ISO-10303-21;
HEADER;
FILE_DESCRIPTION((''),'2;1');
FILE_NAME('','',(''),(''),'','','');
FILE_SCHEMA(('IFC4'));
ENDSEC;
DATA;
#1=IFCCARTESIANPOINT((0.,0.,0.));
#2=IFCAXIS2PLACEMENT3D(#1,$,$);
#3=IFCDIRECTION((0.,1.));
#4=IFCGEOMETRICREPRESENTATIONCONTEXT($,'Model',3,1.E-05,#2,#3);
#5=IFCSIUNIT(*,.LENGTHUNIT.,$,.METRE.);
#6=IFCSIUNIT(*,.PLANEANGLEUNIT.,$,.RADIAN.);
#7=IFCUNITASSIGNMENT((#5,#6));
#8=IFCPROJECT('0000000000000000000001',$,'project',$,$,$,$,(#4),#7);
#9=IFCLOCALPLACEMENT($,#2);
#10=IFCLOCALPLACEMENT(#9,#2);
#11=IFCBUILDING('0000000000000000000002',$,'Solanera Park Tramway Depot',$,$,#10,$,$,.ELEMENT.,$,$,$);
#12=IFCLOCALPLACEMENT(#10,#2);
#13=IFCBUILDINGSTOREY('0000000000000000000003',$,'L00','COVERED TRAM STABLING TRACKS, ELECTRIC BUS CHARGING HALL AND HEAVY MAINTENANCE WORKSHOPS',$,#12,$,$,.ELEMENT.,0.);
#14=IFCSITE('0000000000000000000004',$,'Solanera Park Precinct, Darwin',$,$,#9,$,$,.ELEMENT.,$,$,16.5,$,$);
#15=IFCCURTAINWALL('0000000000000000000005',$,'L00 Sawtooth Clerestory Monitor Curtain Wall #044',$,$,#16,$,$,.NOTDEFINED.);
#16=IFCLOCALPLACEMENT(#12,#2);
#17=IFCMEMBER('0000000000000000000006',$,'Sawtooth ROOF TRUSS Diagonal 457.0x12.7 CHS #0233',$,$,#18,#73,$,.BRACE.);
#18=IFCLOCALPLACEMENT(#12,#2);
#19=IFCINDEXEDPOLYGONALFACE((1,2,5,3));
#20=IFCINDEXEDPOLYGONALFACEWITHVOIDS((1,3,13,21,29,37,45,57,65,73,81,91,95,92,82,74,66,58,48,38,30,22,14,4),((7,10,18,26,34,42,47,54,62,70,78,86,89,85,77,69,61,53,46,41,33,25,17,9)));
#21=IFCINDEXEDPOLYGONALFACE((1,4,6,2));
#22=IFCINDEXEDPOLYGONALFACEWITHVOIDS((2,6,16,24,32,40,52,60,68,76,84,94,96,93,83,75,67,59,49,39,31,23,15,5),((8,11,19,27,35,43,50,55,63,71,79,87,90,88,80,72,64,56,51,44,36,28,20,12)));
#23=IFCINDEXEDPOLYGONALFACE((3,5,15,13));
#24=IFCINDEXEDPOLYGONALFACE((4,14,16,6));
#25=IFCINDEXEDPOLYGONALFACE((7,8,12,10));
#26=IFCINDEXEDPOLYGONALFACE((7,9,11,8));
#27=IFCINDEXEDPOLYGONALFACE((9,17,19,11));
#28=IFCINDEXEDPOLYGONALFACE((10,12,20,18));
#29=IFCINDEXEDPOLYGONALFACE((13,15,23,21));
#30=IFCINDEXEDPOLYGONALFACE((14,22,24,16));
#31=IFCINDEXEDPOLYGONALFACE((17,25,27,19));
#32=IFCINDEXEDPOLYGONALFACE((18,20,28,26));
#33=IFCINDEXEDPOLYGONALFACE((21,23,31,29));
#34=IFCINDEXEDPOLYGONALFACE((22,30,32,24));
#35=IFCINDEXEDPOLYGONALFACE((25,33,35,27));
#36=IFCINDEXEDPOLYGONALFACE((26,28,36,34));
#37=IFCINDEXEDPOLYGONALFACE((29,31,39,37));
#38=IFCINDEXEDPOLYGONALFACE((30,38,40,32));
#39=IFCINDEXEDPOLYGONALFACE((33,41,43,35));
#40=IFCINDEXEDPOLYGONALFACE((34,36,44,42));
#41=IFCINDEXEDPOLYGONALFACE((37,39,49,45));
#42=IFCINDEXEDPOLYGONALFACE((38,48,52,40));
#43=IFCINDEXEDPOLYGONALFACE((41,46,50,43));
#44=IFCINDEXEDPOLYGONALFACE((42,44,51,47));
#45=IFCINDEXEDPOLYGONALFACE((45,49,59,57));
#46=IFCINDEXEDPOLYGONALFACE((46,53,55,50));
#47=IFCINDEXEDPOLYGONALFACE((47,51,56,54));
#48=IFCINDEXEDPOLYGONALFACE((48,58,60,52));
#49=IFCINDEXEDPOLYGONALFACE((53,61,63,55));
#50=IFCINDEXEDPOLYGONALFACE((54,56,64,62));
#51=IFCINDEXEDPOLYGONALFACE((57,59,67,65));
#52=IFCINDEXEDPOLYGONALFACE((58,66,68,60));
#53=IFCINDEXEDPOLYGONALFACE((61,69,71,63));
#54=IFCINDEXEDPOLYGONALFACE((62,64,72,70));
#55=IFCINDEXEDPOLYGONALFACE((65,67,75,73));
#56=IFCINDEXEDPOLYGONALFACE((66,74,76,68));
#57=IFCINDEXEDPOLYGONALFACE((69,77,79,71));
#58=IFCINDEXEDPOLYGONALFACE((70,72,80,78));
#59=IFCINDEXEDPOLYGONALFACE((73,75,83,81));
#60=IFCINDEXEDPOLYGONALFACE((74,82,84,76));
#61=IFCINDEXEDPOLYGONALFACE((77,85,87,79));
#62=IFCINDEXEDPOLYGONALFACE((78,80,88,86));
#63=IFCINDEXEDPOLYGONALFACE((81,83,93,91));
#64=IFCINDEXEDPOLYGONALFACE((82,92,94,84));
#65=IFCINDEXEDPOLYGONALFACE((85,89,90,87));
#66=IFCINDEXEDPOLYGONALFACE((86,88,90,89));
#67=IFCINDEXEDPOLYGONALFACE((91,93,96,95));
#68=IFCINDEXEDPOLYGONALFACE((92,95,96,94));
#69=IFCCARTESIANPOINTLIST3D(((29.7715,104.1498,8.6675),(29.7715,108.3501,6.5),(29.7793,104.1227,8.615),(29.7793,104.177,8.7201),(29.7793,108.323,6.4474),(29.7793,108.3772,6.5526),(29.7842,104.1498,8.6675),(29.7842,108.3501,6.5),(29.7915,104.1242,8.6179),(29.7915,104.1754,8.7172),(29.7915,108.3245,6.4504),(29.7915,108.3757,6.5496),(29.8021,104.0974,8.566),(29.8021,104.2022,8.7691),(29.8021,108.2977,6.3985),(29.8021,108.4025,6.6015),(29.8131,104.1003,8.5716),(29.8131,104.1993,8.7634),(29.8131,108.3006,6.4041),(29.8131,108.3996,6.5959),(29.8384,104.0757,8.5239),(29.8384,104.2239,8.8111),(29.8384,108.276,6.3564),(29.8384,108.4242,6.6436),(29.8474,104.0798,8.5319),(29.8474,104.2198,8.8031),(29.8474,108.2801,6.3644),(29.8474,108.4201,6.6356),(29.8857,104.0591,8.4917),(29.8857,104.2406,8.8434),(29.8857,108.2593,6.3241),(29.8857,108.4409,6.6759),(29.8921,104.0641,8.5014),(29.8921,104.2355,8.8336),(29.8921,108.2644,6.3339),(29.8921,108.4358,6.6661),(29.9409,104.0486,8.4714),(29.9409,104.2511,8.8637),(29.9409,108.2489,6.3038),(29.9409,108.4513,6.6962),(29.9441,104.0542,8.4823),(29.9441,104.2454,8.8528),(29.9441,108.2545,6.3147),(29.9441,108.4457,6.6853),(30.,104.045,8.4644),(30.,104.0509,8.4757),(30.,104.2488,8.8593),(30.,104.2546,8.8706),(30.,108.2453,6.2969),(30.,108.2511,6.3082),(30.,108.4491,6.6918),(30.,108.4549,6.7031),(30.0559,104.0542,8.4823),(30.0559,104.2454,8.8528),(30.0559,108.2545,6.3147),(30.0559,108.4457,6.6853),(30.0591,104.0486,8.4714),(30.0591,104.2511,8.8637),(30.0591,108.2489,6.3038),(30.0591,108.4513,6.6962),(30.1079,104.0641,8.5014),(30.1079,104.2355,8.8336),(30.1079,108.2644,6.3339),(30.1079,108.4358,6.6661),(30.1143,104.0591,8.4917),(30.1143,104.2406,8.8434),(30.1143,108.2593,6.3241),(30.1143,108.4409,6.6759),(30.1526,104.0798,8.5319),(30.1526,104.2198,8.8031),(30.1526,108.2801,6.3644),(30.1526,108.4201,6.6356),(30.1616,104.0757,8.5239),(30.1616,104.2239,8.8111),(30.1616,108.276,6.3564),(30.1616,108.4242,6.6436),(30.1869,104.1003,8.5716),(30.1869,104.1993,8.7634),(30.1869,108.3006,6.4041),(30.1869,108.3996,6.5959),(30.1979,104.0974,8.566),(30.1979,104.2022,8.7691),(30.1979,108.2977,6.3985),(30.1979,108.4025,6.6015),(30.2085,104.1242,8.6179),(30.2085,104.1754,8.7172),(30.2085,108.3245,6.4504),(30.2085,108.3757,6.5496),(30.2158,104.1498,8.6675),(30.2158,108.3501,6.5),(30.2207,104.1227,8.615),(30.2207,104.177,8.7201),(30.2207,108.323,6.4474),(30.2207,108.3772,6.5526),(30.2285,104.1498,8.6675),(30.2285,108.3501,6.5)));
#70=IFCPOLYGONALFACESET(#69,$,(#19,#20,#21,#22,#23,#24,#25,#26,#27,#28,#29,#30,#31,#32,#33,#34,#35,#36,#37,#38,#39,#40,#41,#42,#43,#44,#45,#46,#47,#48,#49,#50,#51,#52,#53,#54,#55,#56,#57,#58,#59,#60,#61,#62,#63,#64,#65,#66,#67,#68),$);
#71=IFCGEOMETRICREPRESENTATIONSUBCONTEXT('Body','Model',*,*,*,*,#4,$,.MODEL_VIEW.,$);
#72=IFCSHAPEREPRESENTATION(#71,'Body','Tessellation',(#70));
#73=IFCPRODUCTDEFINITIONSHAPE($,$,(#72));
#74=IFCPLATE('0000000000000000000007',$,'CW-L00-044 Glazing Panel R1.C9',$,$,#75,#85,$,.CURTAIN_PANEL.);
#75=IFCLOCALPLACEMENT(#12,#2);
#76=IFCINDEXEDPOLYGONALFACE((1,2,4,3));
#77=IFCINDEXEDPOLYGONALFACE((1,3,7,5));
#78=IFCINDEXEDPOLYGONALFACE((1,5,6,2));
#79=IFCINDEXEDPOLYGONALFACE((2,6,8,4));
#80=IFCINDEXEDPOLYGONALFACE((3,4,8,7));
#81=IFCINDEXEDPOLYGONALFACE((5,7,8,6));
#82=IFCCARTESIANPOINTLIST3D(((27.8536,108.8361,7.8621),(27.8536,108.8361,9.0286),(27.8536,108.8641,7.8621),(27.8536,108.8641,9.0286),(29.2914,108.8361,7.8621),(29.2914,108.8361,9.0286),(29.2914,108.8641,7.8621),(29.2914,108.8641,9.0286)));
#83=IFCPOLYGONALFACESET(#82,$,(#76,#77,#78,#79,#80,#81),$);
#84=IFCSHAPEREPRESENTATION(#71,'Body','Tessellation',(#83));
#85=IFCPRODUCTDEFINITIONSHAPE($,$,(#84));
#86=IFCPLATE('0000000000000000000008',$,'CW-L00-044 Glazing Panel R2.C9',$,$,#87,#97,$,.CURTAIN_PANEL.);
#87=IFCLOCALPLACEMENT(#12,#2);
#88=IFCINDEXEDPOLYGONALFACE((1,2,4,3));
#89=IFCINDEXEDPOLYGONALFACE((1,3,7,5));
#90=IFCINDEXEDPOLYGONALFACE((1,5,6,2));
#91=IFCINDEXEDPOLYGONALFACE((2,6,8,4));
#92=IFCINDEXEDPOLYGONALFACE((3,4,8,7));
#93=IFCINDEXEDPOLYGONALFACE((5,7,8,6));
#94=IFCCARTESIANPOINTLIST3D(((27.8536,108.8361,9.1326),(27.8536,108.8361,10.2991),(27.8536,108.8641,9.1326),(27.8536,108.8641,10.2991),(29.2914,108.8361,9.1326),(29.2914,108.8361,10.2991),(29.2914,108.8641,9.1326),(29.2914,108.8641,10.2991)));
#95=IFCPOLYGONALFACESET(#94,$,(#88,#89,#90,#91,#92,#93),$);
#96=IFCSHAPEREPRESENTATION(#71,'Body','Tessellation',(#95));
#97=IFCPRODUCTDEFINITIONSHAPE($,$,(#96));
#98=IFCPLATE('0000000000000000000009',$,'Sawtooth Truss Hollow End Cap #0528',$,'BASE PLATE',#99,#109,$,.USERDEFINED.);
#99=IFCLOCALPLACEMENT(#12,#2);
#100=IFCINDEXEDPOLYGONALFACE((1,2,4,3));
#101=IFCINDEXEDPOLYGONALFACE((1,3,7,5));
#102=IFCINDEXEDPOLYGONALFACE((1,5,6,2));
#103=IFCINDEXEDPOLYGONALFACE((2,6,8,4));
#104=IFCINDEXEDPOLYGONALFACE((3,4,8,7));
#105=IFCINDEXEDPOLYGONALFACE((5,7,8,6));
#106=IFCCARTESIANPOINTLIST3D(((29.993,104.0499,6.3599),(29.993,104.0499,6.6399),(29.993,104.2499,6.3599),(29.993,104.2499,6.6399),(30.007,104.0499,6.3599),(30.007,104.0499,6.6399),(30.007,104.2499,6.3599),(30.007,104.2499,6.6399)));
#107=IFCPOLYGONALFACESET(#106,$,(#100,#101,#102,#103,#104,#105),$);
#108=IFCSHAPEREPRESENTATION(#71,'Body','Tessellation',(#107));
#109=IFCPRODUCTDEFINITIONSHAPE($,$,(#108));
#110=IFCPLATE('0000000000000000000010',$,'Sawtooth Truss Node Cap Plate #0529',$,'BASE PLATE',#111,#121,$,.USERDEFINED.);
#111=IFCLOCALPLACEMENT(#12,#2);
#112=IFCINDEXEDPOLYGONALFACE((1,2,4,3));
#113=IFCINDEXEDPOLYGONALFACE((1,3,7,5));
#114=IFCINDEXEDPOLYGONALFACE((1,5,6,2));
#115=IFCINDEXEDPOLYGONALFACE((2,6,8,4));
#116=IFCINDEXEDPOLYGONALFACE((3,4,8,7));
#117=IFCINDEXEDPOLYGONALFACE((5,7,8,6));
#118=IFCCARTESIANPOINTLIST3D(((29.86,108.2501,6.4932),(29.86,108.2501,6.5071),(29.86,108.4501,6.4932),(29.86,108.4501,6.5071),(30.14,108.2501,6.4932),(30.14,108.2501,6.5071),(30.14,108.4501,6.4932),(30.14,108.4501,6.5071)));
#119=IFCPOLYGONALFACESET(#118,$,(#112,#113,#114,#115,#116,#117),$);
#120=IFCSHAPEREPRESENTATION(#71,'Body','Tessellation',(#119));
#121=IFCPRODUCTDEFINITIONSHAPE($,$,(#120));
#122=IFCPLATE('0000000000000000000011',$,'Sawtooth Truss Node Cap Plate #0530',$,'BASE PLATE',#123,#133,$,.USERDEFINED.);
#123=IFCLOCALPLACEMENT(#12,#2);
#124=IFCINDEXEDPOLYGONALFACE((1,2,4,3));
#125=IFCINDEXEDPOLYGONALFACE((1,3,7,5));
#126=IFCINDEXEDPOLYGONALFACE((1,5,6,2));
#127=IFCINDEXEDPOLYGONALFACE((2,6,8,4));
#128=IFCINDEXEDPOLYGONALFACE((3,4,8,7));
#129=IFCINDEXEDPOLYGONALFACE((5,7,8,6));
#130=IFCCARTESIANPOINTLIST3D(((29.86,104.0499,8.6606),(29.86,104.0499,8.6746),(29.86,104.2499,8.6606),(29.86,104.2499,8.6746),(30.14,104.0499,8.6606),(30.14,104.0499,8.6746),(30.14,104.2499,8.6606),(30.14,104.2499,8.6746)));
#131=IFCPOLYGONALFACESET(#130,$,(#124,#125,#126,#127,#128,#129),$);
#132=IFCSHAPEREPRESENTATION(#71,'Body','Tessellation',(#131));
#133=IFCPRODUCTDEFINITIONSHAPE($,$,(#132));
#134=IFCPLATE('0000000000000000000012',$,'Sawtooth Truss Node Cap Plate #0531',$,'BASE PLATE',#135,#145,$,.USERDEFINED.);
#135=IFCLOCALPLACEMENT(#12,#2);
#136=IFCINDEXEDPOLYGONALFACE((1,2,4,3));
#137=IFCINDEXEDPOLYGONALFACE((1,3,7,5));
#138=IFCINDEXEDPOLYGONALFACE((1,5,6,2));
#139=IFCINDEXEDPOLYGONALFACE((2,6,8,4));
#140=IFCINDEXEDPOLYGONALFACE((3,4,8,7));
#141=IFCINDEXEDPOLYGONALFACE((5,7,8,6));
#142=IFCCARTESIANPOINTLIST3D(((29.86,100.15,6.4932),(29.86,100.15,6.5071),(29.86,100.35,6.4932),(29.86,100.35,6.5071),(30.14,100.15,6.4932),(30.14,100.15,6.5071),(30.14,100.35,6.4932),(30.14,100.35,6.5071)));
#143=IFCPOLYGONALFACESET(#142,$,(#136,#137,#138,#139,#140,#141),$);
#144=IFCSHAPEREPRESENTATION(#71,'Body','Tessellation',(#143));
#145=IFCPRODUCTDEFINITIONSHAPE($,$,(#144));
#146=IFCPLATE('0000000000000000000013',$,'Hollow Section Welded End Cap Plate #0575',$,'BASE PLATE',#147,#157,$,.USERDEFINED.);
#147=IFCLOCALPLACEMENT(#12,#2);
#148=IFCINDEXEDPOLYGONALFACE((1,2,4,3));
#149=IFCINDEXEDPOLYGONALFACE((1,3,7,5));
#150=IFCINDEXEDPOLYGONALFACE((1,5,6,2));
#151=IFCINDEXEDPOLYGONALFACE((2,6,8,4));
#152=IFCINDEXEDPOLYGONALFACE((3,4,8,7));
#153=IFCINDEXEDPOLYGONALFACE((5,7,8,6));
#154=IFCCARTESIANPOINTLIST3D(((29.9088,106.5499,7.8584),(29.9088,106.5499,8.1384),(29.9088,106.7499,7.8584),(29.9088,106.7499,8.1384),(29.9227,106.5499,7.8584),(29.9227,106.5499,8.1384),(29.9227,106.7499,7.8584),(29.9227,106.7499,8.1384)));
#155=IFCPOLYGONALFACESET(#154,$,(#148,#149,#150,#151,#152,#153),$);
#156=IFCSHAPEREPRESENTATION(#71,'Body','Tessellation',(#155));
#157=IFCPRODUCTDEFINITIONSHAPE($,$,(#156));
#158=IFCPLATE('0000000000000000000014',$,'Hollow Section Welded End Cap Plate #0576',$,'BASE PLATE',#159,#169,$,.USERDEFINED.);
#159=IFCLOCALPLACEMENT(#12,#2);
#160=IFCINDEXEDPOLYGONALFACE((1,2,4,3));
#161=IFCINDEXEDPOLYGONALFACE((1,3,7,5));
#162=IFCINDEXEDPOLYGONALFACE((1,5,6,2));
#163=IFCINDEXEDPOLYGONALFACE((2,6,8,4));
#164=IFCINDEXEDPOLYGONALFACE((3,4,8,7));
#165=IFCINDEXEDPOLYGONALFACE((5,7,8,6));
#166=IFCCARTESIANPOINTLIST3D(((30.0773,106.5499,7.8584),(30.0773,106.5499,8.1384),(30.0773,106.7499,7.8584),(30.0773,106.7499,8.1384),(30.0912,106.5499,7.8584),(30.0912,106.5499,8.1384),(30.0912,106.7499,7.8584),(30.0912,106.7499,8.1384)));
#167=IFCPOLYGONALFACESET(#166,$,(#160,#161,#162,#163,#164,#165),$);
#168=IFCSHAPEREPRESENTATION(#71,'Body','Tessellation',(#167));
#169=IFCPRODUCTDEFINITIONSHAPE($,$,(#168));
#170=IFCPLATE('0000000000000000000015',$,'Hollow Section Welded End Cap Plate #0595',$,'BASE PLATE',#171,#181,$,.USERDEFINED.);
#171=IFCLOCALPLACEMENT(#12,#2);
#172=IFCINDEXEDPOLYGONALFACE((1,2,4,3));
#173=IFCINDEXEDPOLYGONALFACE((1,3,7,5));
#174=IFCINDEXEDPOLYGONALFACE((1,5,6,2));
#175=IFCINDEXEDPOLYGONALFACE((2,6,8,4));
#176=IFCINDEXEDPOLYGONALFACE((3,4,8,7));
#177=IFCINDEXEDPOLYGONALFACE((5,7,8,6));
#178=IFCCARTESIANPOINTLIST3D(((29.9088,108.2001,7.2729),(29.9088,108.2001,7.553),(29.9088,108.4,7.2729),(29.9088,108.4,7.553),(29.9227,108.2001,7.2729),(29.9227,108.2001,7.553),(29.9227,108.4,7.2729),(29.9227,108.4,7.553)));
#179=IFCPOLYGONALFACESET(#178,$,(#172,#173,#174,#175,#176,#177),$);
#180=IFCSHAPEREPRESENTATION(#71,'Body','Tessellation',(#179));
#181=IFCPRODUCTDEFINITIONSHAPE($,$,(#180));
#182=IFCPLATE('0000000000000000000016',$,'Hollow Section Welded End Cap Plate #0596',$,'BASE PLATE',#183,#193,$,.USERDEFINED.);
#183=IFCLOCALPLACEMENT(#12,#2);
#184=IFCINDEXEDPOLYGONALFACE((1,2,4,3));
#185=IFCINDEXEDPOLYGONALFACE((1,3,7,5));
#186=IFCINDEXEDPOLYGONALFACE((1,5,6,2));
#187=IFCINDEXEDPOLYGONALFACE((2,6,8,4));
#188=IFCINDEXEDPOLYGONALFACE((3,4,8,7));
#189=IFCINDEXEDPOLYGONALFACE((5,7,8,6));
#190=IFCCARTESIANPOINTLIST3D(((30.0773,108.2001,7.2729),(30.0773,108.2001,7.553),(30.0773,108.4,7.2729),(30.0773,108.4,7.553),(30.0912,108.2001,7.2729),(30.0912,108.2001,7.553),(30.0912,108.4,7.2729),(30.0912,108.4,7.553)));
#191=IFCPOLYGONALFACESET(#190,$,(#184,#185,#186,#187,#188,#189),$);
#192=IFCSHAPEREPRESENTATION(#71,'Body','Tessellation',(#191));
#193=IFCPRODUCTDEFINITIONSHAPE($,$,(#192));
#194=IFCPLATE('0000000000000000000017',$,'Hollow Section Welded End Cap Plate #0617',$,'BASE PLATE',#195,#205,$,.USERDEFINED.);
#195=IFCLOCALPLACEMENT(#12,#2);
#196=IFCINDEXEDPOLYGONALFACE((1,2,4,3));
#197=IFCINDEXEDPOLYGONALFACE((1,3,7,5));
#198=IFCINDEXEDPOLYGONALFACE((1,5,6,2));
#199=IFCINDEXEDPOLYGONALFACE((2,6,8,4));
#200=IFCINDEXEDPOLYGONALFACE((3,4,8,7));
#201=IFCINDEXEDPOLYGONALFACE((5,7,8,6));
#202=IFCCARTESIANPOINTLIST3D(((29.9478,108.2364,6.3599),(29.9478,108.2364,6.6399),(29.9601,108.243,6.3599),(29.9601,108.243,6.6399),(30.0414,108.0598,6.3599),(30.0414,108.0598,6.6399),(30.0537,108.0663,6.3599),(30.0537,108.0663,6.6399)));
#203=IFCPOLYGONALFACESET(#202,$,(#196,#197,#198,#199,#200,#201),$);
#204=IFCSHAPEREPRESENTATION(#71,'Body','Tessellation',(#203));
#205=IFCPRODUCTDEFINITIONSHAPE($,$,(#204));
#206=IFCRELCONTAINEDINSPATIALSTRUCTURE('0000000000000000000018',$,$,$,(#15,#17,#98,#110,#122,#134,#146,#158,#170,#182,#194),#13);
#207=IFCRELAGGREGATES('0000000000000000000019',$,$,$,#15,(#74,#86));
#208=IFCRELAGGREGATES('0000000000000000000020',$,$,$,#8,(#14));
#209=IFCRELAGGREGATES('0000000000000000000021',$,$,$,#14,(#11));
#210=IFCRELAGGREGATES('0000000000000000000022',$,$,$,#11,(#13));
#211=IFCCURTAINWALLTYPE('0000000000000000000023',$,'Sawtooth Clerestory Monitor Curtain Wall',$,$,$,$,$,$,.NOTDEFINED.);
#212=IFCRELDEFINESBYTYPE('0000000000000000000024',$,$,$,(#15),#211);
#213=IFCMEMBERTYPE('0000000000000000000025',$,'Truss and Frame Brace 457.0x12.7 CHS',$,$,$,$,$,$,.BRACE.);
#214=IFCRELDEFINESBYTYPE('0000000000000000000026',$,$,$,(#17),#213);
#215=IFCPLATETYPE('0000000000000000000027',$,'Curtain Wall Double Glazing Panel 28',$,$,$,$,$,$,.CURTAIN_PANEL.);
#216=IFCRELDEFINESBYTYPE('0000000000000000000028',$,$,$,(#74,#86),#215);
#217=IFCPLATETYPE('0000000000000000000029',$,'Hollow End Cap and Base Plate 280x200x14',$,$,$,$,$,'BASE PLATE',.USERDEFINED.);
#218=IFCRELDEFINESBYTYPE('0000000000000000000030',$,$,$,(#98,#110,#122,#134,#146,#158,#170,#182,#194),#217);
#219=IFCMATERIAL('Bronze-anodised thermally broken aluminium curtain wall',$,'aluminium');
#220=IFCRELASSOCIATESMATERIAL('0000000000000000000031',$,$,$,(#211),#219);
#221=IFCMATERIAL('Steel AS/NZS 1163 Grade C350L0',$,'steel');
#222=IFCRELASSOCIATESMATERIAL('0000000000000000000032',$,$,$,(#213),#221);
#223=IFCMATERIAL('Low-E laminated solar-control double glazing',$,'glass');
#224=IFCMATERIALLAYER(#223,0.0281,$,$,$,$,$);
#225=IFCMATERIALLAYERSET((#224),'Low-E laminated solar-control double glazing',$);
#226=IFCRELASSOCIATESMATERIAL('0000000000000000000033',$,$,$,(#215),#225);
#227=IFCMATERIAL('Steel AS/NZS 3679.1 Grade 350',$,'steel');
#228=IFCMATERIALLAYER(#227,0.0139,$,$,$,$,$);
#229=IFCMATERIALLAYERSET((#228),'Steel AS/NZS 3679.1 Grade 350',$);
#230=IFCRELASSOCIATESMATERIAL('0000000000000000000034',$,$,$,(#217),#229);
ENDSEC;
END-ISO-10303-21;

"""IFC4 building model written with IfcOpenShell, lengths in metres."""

from ifc_helpers import new_model, si_unit, direction, frame, origin, origin_2d, place, context, subcontext, project, spatial, rectangle, hollow_circle, extrude, material, layer, layer_set, material_profile, profile_set, type_object, element, aggregate, save


model = new_model("IFC4")

# Units and contexts
model_context = context("Model", 3, precision=1e-05, world=origin(), true_north=direction((0.0, 1.0)))
body_context = subcontext(model_context, "Body", "Model", "MODEL_VIEW")
ifc_project = project(units=[si_unit("LENGTHUNIT", "METRE"), si_unit("PLANEANGLEUNIT", "RADIAN")], contexts=[model_context])

# Site, building, storey
site_placement = place(None, origin())
site = spatial("IfcSite", under=ifc_project, at=site_placement, Name="Solanera Park Precinct, Darwin", CompositionType="ELEMENT", RefElevation=16.5)
building_placement = place(site_placement, origin())
building = spatial("IfcBuilding", under=site, at=building_placement, Name="Solanera Park Tramway Depot", CompositionType="ELEMENT")
storey_placement = place(building_placement, origin())
storey = spatial("IfcBuildingStorey", under=building, at=storey_placement, Name="L00", Description="COVERED TRAM STABLING TRACKS, ELECTRIC BUS CHARGING HALL AND HEAVY MAINTENANCE WORKSHOPS", CompositionType="ELEMENT", Elevation=0.0)

# Curtain wall
ifc_material_1 = material(Name="Bronze-anodised thermally broken aluminium curtain wall", Category="aluminium")
curtain_wall_type = type_object("IfcCurtainWallType", Name="Sawtooth Clerestory Monitor Curtain Wall", PredefinedType="NOTDEFINED", material=ifc_material_1)
curtain_wall_1_placement = place(storey_placement, origin())
curtain_wall_1 = element("IfcCurtainWall", 1, at=curtain_wall_1_placement, inside=storey, type_object=curtain_wall_type, Name="L00 Sawtooth Clerestory Monitor Curtain Wall #044", PredefinedType="NOTDEFINED")

# Member
ifc_material_2 = material(Name="Steel AS/NZS 1163 Grade C350L0", Category="steel")
ifc_material_profile_1 = material_profile(ifc_material_2, hollow_circle(Radius=0.2285, WallThickness=0.0127, at=origin_2d()), Name="457.0x12.7 CHS")
ifc_profile_set_1 = profile_set([ifc_material_profile_1], Name="Steel AS/NZS 1163 Grade C350L0")
member_type_1 = type_object("IfcMemberType", Name="Truss and Frame Brace 457.0x12.7 CHS", PredefinedType="BRACE", material=ifc_profile_set_1)
member_1_placement = place(storey_placement, frame((30.0, 108.3501, 6.5), z_axis=(0.0, -0.888652, 0.458582), x_axis=(1.0, 0.0, 0.0)))
element("IfcMember", 2, at=member_1_placement, inside=storey, type_object=member_type_1, Name="Sawtooth ROOF TRUSS Diagonal 457.0x12.7 CHS #0233", PredefinedType="BRACE", context=body_context, shape_type="SweptSolid", body=[
    extrude(hollow_circle(Radius=0.2285, WallThickness=0.0127, at=origin_2d()), origin(), (0.0, 0.0, 1.0), 4.7266),
])

# Plates
ifc_material_3 = material(Name="Low-E laminated solar-control double glazing", Category="glass")
ifc_layer_1 = layer(ifc_material_3, 0.0281)
ifc_layer_set_1 = layer_set([ifc_layer_1], Name="Low-E laminated solar-control double glazing")
plate_type_1 = type_object("IfcPlateType", Name="Curtain Wall Double Glazing Panel 28", PredefinedType="CURTAIN_PANEL", material=ifc_layer_set_1)
plate_1_placement = place(storey_placement, frame((28.5725, 108.8501, 7.8621), z_axis=(0.0, 0.0, 1.0), x_axis=(1.0, 0.0, 0.0)))
plate_1 = element("IfcPlate", 3, at=plate_1_placement, type_object=plate_type_1, Name="CW-L00-044 Glazing Panel R1.C9", PredefinedType="CURTAIN_PANEL", context=body_context, shape_type="SweptSolid", body=[
    extrude(rectangle(XDim=1.4377, YDim=0.0281, at=origin_2d()), origin(), (0.0, 0.0, 1.0), 1.1665),
])
plate_2_placement = place(storey_placement, frame((28.5725, 108.8501, 9.1326), z_axis=(0.0, 0.0, 1.0), x_axis=(1.0, 0.0, 0.0)))
plate_2 = element("IfcPlate", 4, at=plate_2_placement, type_object=plate_type_1, Name="CW-L00-044 Glazing Panel R2.C9", PredefinedType="CURTAIN_PANEL", context=body_context, shape_type="SweptSolid", body=[
    extrude(rectangle(XDim=1.4377, YDim=0.0281, at=origin_2d()), origin(), (0.0, 0.0, 1.0), 1.1665),
])
aggregate(curtain_wall_1, [plate_1, plate_2])

# Plates
ifc_material_4 = material(Name="Steel AS/NZS 3679.1 Grade 350", Category="steel")
ifc_layer_2 = layer(ifc_material_4, 0.0139)
ifc_layer_set_2 = layer_set([ifc_layer_2], Name="Steel AS/NZS 3679.1 Grade 350")
plate_type_2 = type_object("IfcPlateType", Name="Hollow End Cap and Base Plate 280x200x14", ElementType="BASE PLATE", PredefinedType="USERDEFINED", material=ifc_layer_set_2)
plate_3_placement = place(storey_placement, frame((30.0, 104.1499, 6.3599), z_axis=(0.0, 0.0, 1.0), x_axis=(1.0, 0.0, 0.0)))
element("IfcPlate", 5, at=plate_3_placement, inside=storey, type_object=plate_type_2, Name="Sawtooth Truss Hollow End Cap #0528", ObjectType="BASE PLATE", PredefinedType="USERDEFINED", context=body_context, shape_type="SweptSolid", body=[
    extrude(rectangle(XDim=0.0139, YDim=0.2, at=origin_2d()), origin(), (0.0, 0.0, 1.0), 0.28),
])
for number, where, z_axis, x_axis, name in (
    (6, (30.0, 108.3501, 6.4932), (0.0, 0.0, 1.0), (1.0, 0.0, 0.0), "Sawtooth Truss Node Cap Plate #0529"),
    (7, (30.0, 104.1499, 8.6606), (0.0, 0.0, 1.0), (1.0, 0.0, 0.0), "Sawtooth Truss Node Cap Plate #0530"),
    (8, (30.0, 100.25, 6.4932), (0.0, 0.0, 1.0), (1.0, 0.0, 0.0), "Sawtooth Truss Node Cap Plate #0531"),
):
    element("IfcPlate", number, at=place(storey_placement, frame(where, z_axis=z_axis, x_axis=x_axis)), inside=storey, type_object=plate_type_2, Name=name, ObjectType="BASE PLATE", PredefinedType="USERDEFINED", context=body_context, shape_type="SweptSolid", body=[
        extrude(rectangle(XDim=0.28, YDim=0.2, at=origin_2d()), origin(), (0.0, 0.0, 1.0), 0.0139),
    ])
for number, where, z_axis, x_axis, name in (
    (9, (29.9158, 106.6499, 7.8584), (0.0, 0.0, 1.0), (1.0, 0.0, 0.0), "Hollow Section Welded End Cap Plate #0575"),
    (10, (30.0842, 106.6499, 7.8584), (0.0, 0.0, 1.0), (1.0, 0.0, 0.0), "Hollow Section Welded End Cap Plate #0576"),
    (11, (29.9158, 108.3, 7.2729), (0.0, 0.0, 1.0), (1.0, 0.0, 0.0), "Hollow Section Welded End Cap Plate #0595"),
    (12, (30.0842, 108.3, 7.2729), (0.0, 0.0, 1.0), (1.0, 0.0, 0.0), "Hollow Section Welded End Cap Plate #0596"),
    (13, (30.0007, 108.1514, 6.3599), (0.0, 0.0, 1.0), (0.883521, 0.468392, 0.0), "Hollow Section Welded End Cap Plate #0617"),
):
    element("IfcPlate", number, at=place(storey_placement, frame(where, z_axis=z_axis, x_axis=x_axis)), inside=storey, type_object=plate_type_2, Name=name, ObjectType="BASE PLATE", PredefinedType="USERDEFINED", context=body_context, shape_type="SweptSolid", body=[
        extrude(rectangle(XDim=0.0139, YDim=0.2, at=origin_2d()), origin(), (0.0, 0.0, 1.0), 0.28),
    ])

save(model, "model.ifc")
